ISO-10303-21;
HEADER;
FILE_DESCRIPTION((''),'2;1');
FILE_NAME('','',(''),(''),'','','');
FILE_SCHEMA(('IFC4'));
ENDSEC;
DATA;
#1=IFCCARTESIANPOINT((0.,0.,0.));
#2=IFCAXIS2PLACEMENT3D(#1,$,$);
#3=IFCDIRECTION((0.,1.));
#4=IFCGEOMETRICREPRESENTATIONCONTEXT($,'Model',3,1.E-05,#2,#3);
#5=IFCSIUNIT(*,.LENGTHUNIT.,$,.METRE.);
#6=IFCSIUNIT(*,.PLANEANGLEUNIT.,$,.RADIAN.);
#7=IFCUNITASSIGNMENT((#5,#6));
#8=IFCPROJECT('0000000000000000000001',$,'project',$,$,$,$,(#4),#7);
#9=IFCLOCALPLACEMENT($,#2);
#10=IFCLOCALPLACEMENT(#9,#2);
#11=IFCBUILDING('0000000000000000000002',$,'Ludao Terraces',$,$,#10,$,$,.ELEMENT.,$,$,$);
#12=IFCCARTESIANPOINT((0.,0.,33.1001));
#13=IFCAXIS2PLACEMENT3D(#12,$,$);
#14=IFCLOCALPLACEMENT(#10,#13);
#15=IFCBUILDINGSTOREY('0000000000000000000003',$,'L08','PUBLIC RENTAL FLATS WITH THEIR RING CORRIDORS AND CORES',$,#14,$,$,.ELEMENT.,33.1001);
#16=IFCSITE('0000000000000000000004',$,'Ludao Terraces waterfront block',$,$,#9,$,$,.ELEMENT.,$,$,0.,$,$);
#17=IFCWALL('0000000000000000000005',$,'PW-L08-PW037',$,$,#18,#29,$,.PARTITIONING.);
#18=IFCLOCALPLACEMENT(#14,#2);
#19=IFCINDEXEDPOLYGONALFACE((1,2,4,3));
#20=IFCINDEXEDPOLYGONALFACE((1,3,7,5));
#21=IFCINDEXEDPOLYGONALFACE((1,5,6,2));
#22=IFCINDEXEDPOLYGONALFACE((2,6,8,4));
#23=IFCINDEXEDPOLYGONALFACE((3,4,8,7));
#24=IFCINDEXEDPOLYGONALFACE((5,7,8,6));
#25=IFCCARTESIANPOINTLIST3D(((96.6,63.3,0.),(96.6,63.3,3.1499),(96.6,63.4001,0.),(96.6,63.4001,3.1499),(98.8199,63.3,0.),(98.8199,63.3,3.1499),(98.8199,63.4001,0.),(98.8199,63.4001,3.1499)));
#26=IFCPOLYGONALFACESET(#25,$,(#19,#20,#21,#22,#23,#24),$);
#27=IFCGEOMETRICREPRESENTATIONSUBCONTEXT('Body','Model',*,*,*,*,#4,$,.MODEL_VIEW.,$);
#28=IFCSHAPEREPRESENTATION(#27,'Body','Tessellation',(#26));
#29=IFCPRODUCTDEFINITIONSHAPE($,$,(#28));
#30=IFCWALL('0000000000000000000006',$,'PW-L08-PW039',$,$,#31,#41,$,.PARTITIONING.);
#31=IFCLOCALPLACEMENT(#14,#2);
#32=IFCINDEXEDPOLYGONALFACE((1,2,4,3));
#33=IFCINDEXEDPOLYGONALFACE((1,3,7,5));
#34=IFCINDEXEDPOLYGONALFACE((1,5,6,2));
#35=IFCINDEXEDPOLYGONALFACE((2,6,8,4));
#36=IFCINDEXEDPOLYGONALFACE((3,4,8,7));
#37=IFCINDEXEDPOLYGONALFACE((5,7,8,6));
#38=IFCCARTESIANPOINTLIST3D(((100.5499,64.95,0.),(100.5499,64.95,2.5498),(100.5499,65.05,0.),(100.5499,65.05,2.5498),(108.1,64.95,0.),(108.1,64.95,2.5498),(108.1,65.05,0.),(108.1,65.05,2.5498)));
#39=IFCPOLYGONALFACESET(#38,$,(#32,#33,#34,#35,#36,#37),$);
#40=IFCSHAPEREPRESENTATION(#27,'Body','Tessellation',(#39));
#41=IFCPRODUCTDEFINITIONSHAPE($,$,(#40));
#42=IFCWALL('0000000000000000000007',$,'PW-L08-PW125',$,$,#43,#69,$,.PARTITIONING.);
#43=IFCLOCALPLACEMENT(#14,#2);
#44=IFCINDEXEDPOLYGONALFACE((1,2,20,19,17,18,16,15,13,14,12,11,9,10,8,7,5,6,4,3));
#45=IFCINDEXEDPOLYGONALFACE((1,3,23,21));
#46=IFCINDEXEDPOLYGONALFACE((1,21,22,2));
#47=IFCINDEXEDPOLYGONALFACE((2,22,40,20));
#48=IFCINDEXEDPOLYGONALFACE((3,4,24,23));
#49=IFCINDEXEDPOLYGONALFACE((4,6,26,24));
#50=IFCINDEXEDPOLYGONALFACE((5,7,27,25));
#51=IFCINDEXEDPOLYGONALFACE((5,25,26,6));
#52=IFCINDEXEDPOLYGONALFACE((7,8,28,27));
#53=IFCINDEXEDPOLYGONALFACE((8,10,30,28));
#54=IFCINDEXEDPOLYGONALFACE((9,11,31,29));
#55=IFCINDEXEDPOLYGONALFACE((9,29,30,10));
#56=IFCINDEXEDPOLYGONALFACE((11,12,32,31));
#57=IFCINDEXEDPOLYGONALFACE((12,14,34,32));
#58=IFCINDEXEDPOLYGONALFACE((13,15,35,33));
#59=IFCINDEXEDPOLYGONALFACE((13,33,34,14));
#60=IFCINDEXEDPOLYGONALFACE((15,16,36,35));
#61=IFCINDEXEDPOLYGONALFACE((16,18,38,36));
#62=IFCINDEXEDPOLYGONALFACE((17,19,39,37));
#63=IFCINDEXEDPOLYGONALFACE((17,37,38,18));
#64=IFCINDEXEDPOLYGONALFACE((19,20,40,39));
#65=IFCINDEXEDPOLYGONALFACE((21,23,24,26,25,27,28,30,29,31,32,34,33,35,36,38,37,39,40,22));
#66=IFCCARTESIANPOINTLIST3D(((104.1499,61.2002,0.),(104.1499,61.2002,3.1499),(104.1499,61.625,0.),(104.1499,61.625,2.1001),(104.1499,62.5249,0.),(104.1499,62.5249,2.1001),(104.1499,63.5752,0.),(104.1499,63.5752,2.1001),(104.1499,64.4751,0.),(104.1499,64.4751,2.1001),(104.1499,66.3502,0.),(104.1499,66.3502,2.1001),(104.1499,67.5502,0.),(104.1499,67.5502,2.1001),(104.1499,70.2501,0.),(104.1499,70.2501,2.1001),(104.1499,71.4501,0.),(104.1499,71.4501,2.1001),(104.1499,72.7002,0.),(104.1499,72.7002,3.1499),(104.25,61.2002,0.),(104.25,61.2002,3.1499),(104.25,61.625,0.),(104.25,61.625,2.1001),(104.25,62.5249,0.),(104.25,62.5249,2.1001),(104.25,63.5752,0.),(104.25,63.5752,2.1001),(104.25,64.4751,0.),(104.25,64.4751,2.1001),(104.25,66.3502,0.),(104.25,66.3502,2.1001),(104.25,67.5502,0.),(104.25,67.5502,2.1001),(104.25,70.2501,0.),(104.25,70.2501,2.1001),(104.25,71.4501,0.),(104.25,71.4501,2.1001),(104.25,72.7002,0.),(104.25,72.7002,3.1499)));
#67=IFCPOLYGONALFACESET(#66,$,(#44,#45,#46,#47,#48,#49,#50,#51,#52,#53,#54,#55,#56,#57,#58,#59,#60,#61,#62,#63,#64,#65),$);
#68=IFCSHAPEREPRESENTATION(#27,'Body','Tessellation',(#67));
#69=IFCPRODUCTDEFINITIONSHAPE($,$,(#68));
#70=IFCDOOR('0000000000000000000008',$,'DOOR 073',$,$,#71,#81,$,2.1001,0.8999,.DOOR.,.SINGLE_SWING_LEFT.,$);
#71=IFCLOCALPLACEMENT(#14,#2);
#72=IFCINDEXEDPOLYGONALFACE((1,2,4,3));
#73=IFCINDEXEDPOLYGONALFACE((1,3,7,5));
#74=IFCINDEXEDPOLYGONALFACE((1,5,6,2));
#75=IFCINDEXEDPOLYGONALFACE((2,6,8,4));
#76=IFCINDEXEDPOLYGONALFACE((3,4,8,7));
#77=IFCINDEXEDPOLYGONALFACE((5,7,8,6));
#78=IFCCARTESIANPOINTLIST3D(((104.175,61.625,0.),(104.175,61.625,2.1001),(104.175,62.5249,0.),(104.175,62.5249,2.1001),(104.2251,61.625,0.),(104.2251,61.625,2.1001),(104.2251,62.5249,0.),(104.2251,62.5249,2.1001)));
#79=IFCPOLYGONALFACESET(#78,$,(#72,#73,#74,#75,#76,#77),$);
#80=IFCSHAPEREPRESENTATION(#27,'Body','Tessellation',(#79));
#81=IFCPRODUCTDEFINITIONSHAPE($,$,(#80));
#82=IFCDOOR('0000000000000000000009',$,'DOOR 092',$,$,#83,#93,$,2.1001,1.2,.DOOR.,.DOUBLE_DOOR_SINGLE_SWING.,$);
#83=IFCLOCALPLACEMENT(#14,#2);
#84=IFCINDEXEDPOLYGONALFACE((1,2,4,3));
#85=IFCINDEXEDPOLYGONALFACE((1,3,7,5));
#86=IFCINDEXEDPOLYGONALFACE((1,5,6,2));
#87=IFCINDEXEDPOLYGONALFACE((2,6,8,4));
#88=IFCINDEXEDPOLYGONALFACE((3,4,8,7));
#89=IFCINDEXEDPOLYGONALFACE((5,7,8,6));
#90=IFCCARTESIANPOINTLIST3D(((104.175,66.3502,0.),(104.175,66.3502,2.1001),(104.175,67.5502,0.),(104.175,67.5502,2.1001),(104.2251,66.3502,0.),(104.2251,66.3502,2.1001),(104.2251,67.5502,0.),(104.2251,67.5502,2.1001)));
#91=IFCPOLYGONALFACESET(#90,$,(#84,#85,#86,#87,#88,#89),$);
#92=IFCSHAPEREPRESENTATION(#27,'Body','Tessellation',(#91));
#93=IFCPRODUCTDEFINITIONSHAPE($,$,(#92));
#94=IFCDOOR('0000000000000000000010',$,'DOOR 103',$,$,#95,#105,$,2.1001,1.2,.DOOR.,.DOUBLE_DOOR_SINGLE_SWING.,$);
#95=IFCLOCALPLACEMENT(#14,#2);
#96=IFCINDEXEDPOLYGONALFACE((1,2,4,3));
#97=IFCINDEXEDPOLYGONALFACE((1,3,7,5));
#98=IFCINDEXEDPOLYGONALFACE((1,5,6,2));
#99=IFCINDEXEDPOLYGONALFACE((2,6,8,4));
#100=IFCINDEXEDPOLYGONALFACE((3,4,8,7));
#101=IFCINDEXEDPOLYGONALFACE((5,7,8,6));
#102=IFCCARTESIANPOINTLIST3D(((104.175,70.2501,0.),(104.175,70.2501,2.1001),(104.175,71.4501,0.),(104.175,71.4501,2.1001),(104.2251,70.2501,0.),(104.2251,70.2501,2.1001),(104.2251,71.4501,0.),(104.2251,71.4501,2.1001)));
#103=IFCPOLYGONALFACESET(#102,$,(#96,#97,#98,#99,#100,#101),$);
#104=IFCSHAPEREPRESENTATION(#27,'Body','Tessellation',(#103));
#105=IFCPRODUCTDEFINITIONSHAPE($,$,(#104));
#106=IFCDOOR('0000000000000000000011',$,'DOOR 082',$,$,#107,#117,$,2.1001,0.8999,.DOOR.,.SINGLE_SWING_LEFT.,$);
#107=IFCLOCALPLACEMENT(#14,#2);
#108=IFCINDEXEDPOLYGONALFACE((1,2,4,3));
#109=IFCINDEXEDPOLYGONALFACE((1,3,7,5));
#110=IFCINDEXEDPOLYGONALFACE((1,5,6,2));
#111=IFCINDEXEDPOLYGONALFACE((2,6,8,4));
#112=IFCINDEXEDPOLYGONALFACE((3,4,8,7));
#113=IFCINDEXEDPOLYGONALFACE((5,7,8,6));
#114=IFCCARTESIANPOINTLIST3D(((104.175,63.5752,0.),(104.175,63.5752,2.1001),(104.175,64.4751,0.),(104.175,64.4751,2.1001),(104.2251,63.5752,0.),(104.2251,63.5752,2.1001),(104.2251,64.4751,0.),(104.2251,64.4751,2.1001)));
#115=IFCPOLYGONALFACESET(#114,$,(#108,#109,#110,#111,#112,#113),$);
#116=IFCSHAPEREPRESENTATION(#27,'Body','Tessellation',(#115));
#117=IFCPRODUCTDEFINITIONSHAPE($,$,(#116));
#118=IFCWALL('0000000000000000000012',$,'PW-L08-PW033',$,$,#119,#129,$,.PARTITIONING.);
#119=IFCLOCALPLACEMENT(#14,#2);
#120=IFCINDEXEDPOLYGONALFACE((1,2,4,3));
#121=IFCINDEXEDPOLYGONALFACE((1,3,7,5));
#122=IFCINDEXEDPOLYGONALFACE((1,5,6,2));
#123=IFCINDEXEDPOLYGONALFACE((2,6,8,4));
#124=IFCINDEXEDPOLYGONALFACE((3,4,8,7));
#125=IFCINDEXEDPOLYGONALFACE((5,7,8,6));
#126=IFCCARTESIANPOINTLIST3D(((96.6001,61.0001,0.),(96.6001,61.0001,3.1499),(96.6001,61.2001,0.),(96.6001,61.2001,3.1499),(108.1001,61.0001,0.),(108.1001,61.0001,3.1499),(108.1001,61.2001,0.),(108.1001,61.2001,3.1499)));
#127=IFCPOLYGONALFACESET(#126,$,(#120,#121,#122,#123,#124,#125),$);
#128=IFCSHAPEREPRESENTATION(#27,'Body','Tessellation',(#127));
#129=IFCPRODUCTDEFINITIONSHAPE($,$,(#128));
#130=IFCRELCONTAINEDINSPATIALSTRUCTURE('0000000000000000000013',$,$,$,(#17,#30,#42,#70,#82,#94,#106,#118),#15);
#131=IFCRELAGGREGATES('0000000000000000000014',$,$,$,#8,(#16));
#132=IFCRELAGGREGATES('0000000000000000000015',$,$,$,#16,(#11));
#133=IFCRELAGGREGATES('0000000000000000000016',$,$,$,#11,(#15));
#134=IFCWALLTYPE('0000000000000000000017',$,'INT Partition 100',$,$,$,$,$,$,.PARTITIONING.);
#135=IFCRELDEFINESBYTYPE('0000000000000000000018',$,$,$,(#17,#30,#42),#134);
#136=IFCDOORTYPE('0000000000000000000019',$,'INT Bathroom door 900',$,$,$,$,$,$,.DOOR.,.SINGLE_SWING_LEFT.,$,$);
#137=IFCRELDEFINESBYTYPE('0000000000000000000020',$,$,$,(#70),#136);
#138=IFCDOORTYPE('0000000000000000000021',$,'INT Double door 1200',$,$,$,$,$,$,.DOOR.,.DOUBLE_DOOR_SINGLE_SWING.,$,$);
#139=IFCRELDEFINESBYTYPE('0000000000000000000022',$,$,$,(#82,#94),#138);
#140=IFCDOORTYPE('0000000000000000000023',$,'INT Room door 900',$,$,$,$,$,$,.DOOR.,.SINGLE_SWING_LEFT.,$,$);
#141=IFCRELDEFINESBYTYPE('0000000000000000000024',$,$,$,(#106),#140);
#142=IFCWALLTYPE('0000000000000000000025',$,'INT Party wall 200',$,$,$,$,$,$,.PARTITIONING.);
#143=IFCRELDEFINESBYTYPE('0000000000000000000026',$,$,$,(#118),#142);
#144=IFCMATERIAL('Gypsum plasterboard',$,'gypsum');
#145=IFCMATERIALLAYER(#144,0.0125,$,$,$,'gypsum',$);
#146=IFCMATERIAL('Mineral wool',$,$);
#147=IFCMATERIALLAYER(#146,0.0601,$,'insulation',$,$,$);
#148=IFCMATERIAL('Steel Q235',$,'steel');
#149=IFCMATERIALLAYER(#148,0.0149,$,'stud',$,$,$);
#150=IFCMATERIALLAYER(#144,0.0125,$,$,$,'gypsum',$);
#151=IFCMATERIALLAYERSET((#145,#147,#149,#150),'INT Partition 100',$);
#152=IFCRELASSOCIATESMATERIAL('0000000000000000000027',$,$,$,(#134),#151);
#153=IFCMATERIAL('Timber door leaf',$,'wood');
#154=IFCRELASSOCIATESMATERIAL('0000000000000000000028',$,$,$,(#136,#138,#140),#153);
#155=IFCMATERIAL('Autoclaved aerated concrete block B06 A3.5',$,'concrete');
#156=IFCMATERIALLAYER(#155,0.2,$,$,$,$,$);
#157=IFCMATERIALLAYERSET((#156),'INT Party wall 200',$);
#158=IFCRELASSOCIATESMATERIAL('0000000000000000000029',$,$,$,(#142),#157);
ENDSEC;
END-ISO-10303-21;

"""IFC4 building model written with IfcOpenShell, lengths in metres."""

from ifc_helpers import new_model, si_unit, direction, frame, frame_2d, origin, place, context, subcontext, project, spatial, rectangle, extrude, material, layer, layer_set, type_object, element, fill, save


model = new_model("IFC4")

# Units and contexts
model_context = context("Model", 3, precision=1e-05, world=origin(), true_north=direction((0.0, 1.0)))
body_context = subcontext(model_context, "Body", "Model", "MODEL_VIEW")
ifc_project = project(units=[si_unit("LENGTHUNIT", "METRE"), si_unit("PLANEANGLEUNIT", "RADIAN")], contexts=[model_context])

# Site, building, storey
site_placement = place(None, origin())
site = spatial("IfcSite", under=ifc_project, at=site_placement, Name="Ludao Terraces waterfront block", CompositionType="ELEMENT", RefElevation=0.0)
building_placement = place(site_placement, origin())
building = spatial("IfcBuilding", under=site, at=building_placement, Name="Ludao Terraces", CompositionType="ELEMENT")
storey_placement = place(building_placement, frame((0.0, 0.0, 33.1001)))
storey = spatial("IfcBuildingStorey", under=building, at=storey_placement, Name="L08", Description="PUBLIC RENTAL FLATS WITH THEIR RING CORRIDORS AND CORES", CompositionType="ELEMENT", Elevation=33.1001)

# Shared definitions
ifc_material_1 = material(Name="Mineral wool")

# Walls
ifc_material_2 = material(Name="Gypsum plasterboard", Category="gypsum")
ifc_layer_1 = layer(ifc_material_2, 0.0125, Category="gypsum")
ifc_layer_2 = layer(ifc_material_1, 0.0601, Name="insulation")
ifc_material_3 = material(Name="Steel Q235", Category="steel")
ifc_layer_3 = layer(ifc_material_3, 0.0149, Name="stud")
ifc_layer_4 = layer(ifc_material_2, 0.0125, Category="gypsum")
ifc_layer_set_1 = layer_set([ifc_layer_1, ifc_layer_2, ifc_layer_3, ifc_layer_4], Name="INT Partition 100")
wall_type_1 = type_object("IfcWallType", Name="INT Partition 100", PredefinedType="PARTITIONING", material=ifc_layer_set_1)
wall_1_placement = place(storey_placement, frame((96.6001, 63.3501, 0.0), z_axis=(0.0, 0.0, 1.0), x_axis=(1.0, 0.0, 0.0)))
element("IfcWall", 1, at=wall_1_placement, inside=storey, type_object=wall_type_1, Name="PW-L08-PW037", PredefinedType="PARTITIONING", context=body_context, shape_type="SweptSolid", body=[
    extrude(rectangle(XDim=2.22, YDim=0.1001, at=frame_2d((1.1099, 0.0))), origin(), (0.0, 0.0, 1.0), 3.1499),
])
wall_2_placement = place(storey_placement, frame((100.55, 65.0, 0.0), z_axis=(0.0, 0.0, 1.0), x_axis=(1.0, 0.0, 0.0)))
element("IfcWall", 2, at=wall_2_placement, inside=storey, type_object=wall_type_1, Name="PW-L08-PW039", PredefinedType="PARTITIONING", context=body_context, shape_type="SweptSolid", body=[
    extrude(rectangle(XDim=7.55, YDim=0.1001, at=frame_2d((3.7749, 0.0))), origin(), (0.0, 0.0, 1.0), 2.5498),
])

# Wall, openings, doors
wall_3_placement = place(storey_placement, frame((104.2, 61.2002, 0.0), z_axis=(0.0, 0.0, 1.0), x_axis=(0.0, 1.0, 0.0)))
wall_3 = element("IfcWall", 3, at=wall_3_placement, inside=storey, type_object=wall_type_1, Name="PW-L08-PW125", PredefinedType="PARTITIONING", context=body_context, shape_type="SweptSolid", body=[
    extrude(rectangle(XDim=11.5, YDim=0.1001, at=frame_2d((5.75, 0.0))), origin(), (0.0, 0.0, 1.0), 3.1499),
])
opening_1_placement = place(wall_3_placement, frame((0.4248, 0.0, 0.0)))
opening_1 = element("IfcOpeningElement", 4, at=opening_1_placement, cuts=wall_3, PredefinedType="OPENING", context=body_context, shape_type="SweptSolid", body=[
    extrude(rectangle(XDim=0.8999, YDim=2.1001, at=frame_2d((0.45, 1.05))), frame((0.0, 0.0601, 0.0), z_axis=(0.0, -1.0, 0.0), x_axis=(1.0, 0.0, 0.0)), (0.0, 0.0, 1.0), 0.1201),
])
opening_2_placement = place(wall_3_placement, frame((2.375, 0.0, 0.0)))
opening_2 = element("IfcOpeningElement", 5, at=opening_2_placement, cuts=wall_3, PredefinedType="OPENING", context=body_context, shape_type="SweptSolid", body=[
    extrude(rectangle(XDim=0.8999, YDim=2.1001, at=frame_2d((0.45, 1.05))), frame((0.0, 0.0601, 0.0), z_axis=(0.0, -1.0, 0.0), x_axis=(1.0, 0.0, 0.0)), (0.0, 0.0, 1.0), 0.1201),
])
opening_3_placement = place(wall_3_placement, frame((5.1499, 0.0, 0.0)))
opening_3 = element("IfcOpeningElement", 6, at=opening_3_placement, cuts=wall_3, PredefinedType="OPENING", context=body_context, shape_type="SweptSolid", body=[
    extrude(rectangle(XDim=1.2, YDim=2.1001, at=frame_2d((0.6001, 1.05))), frame((0.0, 0.0601, 0.0), z_axis=(0.0, -1.0, 0.0), x_axis=(1.0, 0.0, 0.0)), (0.0, 0.0, 1.0), 0.1201),
])
opening_4_placement = place(wall_3_placement, frame((9.0498, 0.0, 0.0)))
opening_4 = element("IfcOpeningElement", 7, at=opening_4_placement, cuts=wall_3, PredefinedType="OPENING", context=body_context, shape_type="SweptSolid", body=[
    extrude(rectangle(XDim=1.2, YDim=2.1001, at=frame_2d((0.6001, 1.05))), frame((0.0, 0.0601, 0.0), z_axis=(0.0, -1.0, 0.0), x_axis=(1.0, 0.0, 0.0)), (0.0, 0.0, 1.0), 0.1201),
])
ifc_material_4 = material(Name="Timber door leaf", Category="wood")
door_type_1 = type_object("IfcDoorType", Name="INT Bathroom door 900", OperationType="SINGLE_SWING_LEFT", PredefinedType="DOOR", material=ifc_material_4)
door_1_placement = place(opening_1_placement, origin())
door_1 = element("IfcDoor", 8, at=door_1_placement, inside=storey, type_object=door_type_1, Name="DOOR 073", OperationType="SINGLE_SWING_LEFT", OverallHeight=2.1001, OverallWidth=0.8999, PredefinedType="DOOR", context=body_context, shape_type="SweptSolid", body=[
    extrude(rectangle(XDim=0.8999, YDim=2.1001, at=frame_2d((0.45, 1.05))), frame((0.0, 0.0249, 0.0), z_axis=(0.0, -1.0, 0.0), x_axis=(1.0, 0.0, 0.0)), (0.0, 0.0, 1.0), 0.05),
])
fill(opening_1, door_1)
door_type_2 = type_object("IfcDoorType", Name="INT Double door 1200", OperationType="DOUBLE_DOOR_SINGLE_SWING", PredefinedType="DOOR", material=ifc_material_4)
door_2_placement = place(opening_3_placement, origin())
door_2 = element("IfcDoor", 9, at=door_2_placement, inside=storey, type_object=door_type_2, Name="DOOR 092", OperationType="DOUBLE_DOOR_SINGLE_SWING", OverallHeight=2.1001, OverallWidth=1.2, PredefinedType="DOOR", context=body_context, shape_type="SweptSolid", body=[
    extrude(rectangle(XDim=1.2, YDim=2.1001, at=frame_2d((0.6001, 1.05))), frame((0.0, 0.0249, 0.0), z_axis=(0.0, -1.0, 0.0), x_axis=(1.0, 0.0, 0.0)), (0.0, 0.0, 1.0), 0.05),
])
fill(opening_3, door_2)
door_3_placement = place(opening_4_placement, origin())
door_3 = element("IfcDoor", 10, at=door_3_placement, inside=storey, type_object=door_type_2, Name="DOOR 103", OperationType="DOUBLE_DOOR_SINGLE_SWING", OverallHeight=2.1001, OverallWidth=1.2, PredefinedType="DOOR", context=body_context, shape_type="SweptSolid", body=[
    extrude(rectangle(XDim=1.2, YDim=2.1001, at=frame_2d((0.6001, 1.05))), frame((0.0, 0.0249, 0.0), z_axis=(0.0, -1.0, 0.0), x_axis=(1.0, 0.0, 0.0)), (0.0, 0.0, 1.0), 0.05),
])
fill(opening_4, door_3)
door_type_3 = type_object("IfcDoorType", Name="INT Room door 900", OperationType="SINGLE_SWING_LEFT", PredefinedType="DOOR", material=ifc_material_4)
door_4_placement = place(opening_2_placement, origin())
door_4 = element("IfcDoor", 11, at=door_4_placement, inside=storey, type_object=door_type_3, Name="DOOR 082", OperationType="SINGLE_SWING_LEFT", OverallHeight=2.1001, OverallWidth=0.8999, PredefinedType="DOOR", context=body_context, shape_type="SweptSolid", body=[
    extrude(rectangle(XDim=0.8999, YDim=2.1001, at=frame_2d((0.45, 1.05))), frame((0.0, 0.0249, 0.0), z_axis=(0.0, -1.0, 0.0), x_axis=(1.0, 0.0, 0.0)), (0.0, 0.0, 1.0), 0.05),
])
fill(opening_2, door_4)

# Wall
ifc_material_5 = material(Name="Autoclaved aerated concrete block B06 A3.5", Category="concrete")
ifc_layer_5 = layer(ifc_material_5, 0.2)
ifc_layer_set_2 = layer_set([ifc_layer_5], Name="INT Party wall 200")
wall_type_2 = type_object("IfcWallType", Name="INT Party wall 200", PredefinedType="PARTITIONING", material=ifc_layer_set_2)
wall_4_placement = place(storey_placement, frame((96.6001, 61.1001, 0.0), z_axis=(0.0, 0.0, 1.0), x_axis=(1.0, 0.0, 0.0)))
element("IfcWall", 12, at=wall_4_placement, inside=storey, type_object=wall_type_2, Name="PW-L08-PW033", PredefinedType="PARTITIONING", context=body_context, shape_type="SweptSolid", body=[
    extrude(rectangle(XDim=11.5, YDim=0.2, at=frame_2d((5.75, 0.0))), origin(), (0.0, 0.0, 1.0), 3.1499),
])

save(model, "model.ifc")
